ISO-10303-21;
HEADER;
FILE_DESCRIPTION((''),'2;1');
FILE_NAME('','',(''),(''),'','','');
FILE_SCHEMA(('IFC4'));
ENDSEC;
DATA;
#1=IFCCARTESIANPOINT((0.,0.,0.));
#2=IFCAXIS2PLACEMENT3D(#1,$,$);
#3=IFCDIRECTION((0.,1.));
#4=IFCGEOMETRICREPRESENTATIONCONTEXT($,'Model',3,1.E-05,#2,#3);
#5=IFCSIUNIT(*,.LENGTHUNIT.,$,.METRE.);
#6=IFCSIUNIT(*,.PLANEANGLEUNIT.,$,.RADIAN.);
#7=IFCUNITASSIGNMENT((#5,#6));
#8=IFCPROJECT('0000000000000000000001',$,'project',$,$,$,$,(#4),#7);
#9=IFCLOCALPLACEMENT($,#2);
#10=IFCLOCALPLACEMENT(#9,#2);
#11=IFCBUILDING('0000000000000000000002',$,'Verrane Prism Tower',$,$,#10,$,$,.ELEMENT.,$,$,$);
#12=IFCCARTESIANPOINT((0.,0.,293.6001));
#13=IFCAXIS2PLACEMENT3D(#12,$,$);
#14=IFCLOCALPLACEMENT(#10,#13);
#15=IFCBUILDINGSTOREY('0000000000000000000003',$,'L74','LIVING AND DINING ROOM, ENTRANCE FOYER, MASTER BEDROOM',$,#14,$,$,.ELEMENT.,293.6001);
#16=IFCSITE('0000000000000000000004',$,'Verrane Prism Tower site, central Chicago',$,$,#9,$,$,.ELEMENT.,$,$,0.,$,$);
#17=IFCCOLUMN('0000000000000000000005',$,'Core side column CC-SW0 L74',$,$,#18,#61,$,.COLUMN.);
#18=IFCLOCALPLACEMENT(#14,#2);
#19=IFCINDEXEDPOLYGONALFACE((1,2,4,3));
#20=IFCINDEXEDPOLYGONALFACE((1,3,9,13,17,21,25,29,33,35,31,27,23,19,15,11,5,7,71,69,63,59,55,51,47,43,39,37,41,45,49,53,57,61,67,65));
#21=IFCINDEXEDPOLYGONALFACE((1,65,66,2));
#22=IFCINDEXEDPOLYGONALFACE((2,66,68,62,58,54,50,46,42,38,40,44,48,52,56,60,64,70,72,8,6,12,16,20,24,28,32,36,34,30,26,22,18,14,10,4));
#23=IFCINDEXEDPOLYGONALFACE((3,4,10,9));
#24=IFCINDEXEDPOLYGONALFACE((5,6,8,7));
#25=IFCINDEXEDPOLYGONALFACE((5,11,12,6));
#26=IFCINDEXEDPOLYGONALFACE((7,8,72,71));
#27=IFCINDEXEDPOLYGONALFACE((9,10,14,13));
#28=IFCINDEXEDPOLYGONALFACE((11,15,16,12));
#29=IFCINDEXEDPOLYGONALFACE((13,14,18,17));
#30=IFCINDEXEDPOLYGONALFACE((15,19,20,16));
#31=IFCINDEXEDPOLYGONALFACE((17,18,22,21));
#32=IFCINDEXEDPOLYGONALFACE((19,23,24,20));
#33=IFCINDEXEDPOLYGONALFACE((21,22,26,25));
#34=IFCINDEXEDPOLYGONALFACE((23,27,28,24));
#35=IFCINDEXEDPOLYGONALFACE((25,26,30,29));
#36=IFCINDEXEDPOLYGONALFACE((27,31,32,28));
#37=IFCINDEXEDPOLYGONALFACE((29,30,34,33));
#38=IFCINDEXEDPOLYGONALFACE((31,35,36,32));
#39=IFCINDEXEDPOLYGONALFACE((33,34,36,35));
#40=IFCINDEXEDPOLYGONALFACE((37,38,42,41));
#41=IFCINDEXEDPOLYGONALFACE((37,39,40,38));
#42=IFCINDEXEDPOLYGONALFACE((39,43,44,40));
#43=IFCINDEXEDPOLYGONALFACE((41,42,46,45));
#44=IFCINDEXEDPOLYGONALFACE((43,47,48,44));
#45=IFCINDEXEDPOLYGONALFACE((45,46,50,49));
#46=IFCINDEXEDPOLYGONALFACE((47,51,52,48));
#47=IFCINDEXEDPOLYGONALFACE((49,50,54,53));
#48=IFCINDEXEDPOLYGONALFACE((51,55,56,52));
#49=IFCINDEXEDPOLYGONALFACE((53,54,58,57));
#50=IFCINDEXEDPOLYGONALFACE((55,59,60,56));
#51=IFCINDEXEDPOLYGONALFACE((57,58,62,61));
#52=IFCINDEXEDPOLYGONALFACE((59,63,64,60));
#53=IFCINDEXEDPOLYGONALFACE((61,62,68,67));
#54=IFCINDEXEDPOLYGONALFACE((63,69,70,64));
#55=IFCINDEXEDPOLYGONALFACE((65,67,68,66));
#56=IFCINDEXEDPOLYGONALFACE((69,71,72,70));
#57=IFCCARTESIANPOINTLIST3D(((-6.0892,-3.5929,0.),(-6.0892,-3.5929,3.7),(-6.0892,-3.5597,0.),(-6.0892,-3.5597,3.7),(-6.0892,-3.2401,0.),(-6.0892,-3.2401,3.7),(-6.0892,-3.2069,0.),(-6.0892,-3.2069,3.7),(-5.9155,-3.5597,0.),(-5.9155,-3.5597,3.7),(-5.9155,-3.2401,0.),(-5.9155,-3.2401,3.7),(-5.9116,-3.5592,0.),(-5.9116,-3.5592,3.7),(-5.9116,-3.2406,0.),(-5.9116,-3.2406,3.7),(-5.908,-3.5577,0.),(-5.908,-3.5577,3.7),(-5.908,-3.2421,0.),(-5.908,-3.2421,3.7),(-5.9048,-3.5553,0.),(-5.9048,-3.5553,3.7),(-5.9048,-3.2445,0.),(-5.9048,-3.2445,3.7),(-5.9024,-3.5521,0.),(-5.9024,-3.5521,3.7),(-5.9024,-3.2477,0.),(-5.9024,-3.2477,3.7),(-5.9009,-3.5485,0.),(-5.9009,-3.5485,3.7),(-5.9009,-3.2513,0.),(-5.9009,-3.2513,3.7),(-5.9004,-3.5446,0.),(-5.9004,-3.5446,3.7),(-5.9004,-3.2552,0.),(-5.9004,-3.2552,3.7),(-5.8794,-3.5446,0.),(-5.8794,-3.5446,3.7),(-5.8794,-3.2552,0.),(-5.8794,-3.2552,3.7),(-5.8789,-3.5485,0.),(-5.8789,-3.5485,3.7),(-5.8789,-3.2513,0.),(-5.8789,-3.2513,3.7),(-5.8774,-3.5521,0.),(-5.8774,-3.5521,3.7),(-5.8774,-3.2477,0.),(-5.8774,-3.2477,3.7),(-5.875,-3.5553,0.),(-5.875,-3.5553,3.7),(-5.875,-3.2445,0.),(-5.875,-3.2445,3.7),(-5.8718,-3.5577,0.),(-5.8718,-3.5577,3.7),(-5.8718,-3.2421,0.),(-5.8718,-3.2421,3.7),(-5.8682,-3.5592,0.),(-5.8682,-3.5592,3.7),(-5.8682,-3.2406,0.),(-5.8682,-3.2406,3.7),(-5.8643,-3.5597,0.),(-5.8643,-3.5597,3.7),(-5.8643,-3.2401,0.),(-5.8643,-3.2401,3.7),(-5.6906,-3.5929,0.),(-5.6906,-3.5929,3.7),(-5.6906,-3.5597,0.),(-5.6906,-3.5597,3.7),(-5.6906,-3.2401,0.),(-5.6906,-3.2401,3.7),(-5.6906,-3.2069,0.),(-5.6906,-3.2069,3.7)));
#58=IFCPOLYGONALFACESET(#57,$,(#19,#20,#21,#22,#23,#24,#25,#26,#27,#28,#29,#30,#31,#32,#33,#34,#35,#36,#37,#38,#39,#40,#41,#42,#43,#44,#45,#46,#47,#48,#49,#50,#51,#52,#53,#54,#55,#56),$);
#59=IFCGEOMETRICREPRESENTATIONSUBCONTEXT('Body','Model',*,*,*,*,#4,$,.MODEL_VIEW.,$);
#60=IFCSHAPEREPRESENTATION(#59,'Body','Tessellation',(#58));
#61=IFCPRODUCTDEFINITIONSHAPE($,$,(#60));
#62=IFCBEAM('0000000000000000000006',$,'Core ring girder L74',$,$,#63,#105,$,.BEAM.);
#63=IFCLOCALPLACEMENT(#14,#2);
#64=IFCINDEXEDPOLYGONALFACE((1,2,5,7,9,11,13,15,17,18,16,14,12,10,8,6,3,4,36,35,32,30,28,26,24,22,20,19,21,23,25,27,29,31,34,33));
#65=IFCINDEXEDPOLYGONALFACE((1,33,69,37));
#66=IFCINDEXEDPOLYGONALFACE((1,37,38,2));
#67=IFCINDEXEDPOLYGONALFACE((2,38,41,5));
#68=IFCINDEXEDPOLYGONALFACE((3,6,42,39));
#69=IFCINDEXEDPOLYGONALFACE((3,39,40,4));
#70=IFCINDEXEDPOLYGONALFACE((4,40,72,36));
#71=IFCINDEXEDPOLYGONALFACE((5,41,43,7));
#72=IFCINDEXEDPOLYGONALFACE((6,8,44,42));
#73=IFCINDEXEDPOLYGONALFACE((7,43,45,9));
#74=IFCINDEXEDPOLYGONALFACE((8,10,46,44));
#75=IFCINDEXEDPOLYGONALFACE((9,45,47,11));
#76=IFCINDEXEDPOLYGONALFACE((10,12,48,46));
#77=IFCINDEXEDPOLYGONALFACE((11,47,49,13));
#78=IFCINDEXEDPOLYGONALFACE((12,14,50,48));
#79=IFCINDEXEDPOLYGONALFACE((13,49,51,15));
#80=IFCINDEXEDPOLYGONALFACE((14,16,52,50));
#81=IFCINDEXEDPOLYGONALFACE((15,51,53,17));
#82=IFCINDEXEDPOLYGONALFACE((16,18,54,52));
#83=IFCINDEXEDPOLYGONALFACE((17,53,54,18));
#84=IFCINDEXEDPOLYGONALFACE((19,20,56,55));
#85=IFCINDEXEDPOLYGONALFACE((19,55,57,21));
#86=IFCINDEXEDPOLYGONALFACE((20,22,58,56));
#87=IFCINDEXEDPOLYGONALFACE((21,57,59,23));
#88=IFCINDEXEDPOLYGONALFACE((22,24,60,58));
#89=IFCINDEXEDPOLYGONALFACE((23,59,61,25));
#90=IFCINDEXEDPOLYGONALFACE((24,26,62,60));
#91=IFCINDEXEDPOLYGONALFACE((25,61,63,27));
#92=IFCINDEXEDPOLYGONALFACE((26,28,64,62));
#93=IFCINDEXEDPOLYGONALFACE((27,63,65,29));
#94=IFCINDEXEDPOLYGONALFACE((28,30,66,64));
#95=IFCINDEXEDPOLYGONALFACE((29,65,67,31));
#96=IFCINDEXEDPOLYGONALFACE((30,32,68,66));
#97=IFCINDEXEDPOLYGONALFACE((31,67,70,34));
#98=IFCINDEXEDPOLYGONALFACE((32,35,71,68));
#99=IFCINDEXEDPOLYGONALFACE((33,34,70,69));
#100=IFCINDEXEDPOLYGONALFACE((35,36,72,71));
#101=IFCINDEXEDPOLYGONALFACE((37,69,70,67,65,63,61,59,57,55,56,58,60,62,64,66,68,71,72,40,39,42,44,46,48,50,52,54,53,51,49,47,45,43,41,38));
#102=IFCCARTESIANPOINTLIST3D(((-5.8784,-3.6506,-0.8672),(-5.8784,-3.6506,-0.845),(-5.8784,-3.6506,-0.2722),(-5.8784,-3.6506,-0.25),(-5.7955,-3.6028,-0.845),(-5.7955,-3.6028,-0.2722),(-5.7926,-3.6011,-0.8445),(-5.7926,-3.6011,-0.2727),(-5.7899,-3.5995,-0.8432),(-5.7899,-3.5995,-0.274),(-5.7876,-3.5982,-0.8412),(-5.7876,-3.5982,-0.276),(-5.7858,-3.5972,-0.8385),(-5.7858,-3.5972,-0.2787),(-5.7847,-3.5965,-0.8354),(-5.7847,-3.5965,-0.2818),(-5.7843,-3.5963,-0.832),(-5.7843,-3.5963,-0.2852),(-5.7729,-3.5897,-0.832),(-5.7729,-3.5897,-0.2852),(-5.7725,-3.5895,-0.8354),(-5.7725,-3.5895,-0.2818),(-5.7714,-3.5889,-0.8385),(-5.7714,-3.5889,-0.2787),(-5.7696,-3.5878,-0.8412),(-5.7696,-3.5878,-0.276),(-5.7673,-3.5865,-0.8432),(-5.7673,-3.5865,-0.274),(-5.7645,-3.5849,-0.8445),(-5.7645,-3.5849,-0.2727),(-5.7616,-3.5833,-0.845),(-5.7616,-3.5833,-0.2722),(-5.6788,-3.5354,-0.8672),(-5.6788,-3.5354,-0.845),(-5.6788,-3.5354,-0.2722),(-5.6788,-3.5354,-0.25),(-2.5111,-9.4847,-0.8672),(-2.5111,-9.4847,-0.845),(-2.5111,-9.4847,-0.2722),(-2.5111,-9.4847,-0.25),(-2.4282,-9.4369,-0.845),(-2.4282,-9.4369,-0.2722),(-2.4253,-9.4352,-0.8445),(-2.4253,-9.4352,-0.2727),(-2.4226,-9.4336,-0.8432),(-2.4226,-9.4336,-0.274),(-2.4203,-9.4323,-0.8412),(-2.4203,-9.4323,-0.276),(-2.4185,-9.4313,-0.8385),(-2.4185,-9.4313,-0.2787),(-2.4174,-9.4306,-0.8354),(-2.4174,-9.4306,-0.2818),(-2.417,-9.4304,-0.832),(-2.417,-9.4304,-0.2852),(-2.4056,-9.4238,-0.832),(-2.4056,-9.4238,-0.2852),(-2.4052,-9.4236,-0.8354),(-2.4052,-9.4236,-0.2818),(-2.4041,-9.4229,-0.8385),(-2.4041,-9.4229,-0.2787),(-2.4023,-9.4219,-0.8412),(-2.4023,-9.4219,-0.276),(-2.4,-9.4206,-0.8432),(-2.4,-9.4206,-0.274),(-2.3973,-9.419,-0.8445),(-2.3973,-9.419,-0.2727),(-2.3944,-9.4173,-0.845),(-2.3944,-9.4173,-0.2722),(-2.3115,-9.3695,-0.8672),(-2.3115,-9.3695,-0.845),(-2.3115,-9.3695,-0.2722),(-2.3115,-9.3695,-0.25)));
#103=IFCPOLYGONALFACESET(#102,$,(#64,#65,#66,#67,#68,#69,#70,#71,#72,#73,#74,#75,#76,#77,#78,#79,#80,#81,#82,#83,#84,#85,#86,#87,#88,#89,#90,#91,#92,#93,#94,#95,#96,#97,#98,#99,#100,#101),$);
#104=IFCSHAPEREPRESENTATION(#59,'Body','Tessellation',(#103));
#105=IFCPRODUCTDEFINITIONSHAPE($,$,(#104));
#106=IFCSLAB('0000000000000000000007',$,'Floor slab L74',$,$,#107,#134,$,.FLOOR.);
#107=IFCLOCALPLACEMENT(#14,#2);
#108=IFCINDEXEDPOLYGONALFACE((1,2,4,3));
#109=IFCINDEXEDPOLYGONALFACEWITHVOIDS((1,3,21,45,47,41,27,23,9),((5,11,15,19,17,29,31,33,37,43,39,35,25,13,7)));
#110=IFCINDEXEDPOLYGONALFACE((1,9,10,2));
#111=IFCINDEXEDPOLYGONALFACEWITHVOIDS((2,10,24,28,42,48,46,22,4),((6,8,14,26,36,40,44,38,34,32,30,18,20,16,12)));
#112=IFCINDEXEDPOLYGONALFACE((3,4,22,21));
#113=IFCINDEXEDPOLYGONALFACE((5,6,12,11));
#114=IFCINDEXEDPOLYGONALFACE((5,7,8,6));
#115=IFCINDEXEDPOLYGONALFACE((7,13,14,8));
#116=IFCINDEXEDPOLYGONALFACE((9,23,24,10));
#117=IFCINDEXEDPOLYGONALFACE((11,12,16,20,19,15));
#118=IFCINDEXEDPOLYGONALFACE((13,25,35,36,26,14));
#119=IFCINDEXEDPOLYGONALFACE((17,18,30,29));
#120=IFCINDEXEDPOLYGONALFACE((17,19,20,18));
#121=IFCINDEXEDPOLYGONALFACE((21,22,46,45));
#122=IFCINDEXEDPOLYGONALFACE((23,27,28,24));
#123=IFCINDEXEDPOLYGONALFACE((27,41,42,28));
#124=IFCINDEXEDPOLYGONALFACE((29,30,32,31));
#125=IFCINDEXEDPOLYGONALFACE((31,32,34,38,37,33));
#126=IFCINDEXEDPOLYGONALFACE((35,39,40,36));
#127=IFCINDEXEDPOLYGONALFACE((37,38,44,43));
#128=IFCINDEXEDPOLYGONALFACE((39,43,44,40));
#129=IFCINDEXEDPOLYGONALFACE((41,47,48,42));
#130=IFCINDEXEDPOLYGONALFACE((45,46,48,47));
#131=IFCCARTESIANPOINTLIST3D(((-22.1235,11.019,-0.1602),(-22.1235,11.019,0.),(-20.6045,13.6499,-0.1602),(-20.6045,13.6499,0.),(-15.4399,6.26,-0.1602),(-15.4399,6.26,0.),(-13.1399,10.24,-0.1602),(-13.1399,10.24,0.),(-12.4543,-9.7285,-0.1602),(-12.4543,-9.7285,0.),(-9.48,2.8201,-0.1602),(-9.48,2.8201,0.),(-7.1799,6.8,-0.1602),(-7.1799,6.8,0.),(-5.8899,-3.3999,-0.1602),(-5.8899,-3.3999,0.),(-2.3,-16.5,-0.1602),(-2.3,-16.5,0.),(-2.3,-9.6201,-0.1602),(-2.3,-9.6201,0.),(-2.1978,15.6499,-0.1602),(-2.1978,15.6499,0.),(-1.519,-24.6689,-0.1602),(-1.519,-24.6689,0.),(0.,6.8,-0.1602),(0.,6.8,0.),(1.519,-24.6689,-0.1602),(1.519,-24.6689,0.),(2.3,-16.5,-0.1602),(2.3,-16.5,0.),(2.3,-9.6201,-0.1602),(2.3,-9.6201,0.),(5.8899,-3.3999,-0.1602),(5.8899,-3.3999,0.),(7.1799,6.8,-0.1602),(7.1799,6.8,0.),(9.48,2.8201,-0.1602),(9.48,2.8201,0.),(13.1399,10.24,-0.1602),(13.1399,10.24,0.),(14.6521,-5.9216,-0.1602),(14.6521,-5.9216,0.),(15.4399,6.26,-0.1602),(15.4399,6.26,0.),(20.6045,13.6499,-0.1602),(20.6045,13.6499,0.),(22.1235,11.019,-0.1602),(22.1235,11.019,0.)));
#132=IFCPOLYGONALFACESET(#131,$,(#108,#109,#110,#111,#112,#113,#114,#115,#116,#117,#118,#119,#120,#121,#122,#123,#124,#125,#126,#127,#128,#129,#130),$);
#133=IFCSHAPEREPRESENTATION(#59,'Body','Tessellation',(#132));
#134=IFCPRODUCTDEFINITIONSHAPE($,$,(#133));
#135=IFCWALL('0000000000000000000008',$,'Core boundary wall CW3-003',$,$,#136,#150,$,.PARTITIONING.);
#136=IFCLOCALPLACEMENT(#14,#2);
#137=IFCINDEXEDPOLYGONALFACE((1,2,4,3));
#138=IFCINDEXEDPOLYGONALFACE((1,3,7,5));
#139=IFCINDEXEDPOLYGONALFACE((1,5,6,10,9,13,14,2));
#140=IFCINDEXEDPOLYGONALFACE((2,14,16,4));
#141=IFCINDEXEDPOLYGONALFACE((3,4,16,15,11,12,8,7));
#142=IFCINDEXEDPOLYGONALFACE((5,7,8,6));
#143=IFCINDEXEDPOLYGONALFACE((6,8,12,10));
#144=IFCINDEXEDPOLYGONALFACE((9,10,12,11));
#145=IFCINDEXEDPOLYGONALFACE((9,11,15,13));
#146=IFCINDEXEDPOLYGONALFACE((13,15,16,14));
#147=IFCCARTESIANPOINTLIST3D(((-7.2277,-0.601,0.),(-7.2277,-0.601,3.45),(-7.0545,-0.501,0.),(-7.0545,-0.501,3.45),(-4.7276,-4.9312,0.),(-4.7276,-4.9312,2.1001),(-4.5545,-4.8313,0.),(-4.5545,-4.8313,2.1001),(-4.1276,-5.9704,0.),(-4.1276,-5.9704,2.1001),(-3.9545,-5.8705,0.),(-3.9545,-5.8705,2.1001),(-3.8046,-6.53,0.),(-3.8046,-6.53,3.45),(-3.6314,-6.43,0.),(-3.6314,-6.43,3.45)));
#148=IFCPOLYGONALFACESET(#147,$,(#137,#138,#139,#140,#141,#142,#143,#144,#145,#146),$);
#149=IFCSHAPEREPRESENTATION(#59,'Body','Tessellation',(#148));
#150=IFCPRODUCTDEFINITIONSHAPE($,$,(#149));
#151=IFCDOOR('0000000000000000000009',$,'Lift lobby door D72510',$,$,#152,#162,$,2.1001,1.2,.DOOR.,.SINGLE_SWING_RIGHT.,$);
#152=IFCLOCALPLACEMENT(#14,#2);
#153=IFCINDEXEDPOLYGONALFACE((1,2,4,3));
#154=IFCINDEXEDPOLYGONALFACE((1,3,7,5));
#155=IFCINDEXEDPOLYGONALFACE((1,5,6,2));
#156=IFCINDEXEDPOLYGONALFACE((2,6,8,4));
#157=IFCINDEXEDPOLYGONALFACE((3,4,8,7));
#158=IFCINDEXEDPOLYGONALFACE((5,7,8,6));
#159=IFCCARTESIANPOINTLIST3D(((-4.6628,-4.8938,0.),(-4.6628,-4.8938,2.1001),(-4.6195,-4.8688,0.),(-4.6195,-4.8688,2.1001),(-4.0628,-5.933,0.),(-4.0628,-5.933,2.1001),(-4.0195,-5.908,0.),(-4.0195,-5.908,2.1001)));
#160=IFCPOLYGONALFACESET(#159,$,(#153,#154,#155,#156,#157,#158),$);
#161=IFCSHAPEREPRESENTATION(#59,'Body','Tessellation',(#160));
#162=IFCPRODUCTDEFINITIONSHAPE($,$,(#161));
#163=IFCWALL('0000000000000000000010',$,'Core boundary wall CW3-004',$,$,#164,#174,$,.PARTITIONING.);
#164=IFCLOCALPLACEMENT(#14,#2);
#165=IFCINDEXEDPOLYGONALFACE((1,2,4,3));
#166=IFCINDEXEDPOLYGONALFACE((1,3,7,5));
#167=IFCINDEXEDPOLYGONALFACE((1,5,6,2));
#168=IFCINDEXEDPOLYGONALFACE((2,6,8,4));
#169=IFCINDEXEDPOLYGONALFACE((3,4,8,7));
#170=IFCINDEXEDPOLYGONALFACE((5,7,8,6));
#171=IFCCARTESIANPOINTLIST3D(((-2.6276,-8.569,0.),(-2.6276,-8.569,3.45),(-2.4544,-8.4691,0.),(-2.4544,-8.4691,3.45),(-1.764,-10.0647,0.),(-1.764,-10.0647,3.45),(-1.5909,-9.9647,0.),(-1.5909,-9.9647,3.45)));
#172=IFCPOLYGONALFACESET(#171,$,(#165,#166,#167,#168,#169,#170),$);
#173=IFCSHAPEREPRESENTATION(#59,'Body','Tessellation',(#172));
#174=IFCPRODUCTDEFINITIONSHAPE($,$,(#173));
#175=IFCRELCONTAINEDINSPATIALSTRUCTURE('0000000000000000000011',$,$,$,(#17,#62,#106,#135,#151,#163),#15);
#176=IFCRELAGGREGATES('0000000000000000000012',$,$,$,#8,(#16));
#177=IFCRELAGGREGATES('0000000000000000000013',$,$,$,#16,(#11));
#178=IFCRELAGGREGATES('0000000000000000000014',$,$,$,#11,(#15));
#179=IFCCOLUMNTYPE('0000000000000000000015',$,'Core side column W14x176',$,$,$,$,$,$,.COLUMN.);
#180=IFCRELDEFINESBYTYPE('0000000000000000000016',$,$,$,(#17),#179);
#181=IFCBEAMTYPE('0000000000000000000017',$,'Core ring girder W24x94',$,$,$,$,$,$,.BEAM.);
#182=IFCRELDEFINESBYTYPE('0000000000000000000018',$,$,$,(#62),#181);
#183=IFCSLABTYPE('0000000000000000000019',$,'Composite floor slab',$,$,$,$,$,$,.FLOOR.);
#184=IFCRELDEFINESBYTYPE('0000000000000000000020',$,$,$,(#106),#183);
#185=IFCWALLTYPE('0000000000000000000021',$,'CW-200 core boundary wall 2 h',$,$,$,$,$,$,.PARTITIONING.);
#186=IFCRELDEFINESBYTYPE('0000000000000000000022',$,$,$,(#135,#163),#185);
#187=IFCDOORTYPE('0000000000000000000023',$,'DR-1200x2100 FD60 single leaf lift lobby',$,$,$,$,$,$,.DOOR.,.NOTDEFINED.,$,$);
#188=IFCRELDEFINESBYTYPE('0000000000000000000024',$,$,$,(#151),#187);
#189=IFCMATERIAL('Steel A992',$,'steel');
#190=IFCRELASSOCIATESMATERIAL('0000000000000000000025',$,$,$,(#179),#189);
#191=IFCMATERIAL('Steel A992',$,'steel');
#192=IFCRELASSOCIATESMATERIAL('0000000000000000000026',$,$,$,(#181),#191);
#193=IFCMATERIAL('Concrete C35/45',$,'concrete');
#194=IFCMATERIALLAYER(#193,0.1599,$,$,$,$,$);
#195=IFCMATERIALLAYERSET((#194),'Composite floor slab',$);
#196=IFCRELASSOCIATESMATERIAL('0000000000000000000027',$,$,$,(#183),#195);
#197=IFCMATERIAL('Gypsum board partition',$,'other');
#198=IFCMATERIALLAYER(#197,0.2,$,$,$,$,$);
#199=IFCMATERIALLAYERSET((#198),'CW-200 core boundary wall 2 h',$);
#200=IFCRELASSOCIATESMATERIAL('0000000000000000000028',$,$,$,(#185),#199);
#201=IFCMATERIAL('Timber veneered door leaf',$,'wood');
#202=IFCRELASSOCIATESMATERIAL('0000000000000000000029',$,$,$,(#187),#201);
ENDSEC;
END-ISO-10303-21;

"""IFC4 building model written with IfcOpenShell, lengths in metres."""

from ifc_helpers import new_model, si_unit, direction, frame, frame_2d, origin, origin_2d, place, context, subcontext, project, spatial, polyline, rectangle, i_section, outline, extrude, material, layer, layer_set, material_profile, profile_set, type_object, element, fill, save


model = new_model("IFC4")

# Units and contexts
model_context = context("Model", 3, precision=1e-05, world=origin(), true_north=direction((0.0, 1.0)))
body_context = subcontext(model_context, "Body", "Model", "MODEL_VIEW")
ifc_project = project(units=[si_unit("LENGTHUNIT", "METRE"), si_unit("PLANEANGLEUNIT", "RADIAN")], contexts=[model_context])

# Site, building, storey
site_placement = place(None, origin())
site = spatial("IfcSite", under=ifc_project, at=site_placement, Name="Verrane Prism Tower site, central Chicago", CompositionType="ELEMENT", RefElevation=0.0)
building_placement = place(site_placement, origin())
building = spatial("IfcBuilding", under=site, at=building_placement, Name="Verrane Prism Tower", CompositionType="ELEMENT")
storey_placement = place(building_placement, frame((0.0, 0.0, 293.6001)))
storey = spatial("IfcBuildingStorey", under=building, at=storey_placement, Name="L74", Description="LIVING AND DINING ROOM, ENTRANCE FOYER, MASTER BEDROOM", CompositionType="ELEMENT", Elevation=293.6001)

# Column
ifc_material_1 = material(Name="Steel A992", Category="steel")
ifc_material_profile_1 = material_profile(ifc_material_1, i_section(OverallWidth=0.3987, OverallDepth=0.386, WebThickness=0.021, FlangeThickness=0.0332, FilletRadius=0.0151, at=origin_2d()), Name="W14x176")
ifc_profile_set_1 = profile_set([ifc_material_profile_1], Name="Steel A992")
column_type = type_object("IfcColumnType", Name="Core side column W14x176", PredefinedType="COLUMN", material=ifc_profile_set_1)
column_placement = place(storey_placement, frame((-5.8899, -3.3999, 0.0), z_axis=(0.0, 0.0, 1.0), x_axis=(1.0, 0.0, 0.0)))
element("IfcColumn", 1, at=column_placement, inside=storey, type_object=column_type, Name="Core side column CC-SW0 L74", PredefinedType="COLUMN", context=body_context, shape_type="SweptSolid", body=[
    extrude(i_section(OverallWidth=0.3987, OverallDepth=0.386, WebThickness=0.021, FlangeThickness=0.0332, FilletRadius=0.0151, at=origin_2d()), origin(), (0.0, 0.0, 1.0), 3.7),
])

# Beam
ifc_material_2 = material(Name="Steel A992", Category="steel")
ifc_material_profile_2 = material_profile(ifc_material_2, i_section(OverallWidth=0.2305, OverallDepth=0.6172, WebThickness=0.0132, FlangeThickness=0.0222, FilletRadius=0.0129, at=origin_2d()), Name="W24x94")
ifc_profile_set_2 = profile_set([ifc_material_profile_2], Name="Steel A992")
beam_type = type_object("IfcBeamType", Name="Core ring girder W24x94", PredefinedType="BEAM", material=ifc_profile_set_2)
beam_placement = place(storey_placement, frame((-5.7786, -3.593, -0.5586), z_axis=(0.499881, -0.866094, 0.0), x_axis=(0.866094, 0.499881, 0.0)))
element("IfcBeam", 2, at=beam_placement, inside=storey, type_object=beam_type, Name="Core ring girder L74", PredefinedType="BEAM", context=body_context, shape_type="SweptSolid", body=[
    extrude(i_section(OverallWidth=0.2305, OverallDepth=0.6172, WebThickness=0.0132, FlangeThickness=0.0222, FilletRadius=0.0129, at=origin_2d()), origin(), (0.0, 0.0, 1.0), 6.7361),
])

# Slab
ifc_material_3 = material(Name="Concrete C35/45", Category="concrete")
ifc_layer_1 = layer(ifc_material_3, 0.1599)
ifc_layer_set_1 = layer_set([ifc_layer_1], Name="Composite floor slab")
slab_type = type_object("IfcSlabType", Name="Composite floor slab", PredefinedType="FLOOR", material=ifc_layer_set_1)
slab_placement = place(storey_placement, frame((0.0, 0.0, -0.1602)))
element("IfcSlab", 3, at=slab_placement, inside=storey, type_object=slab_type, Name="Floor slab L74", PredefinedType="FLOOR", context=body_context, shape_type="SweptSolid", body=[
    extrude(outline(polyline([(14.6521, -5.9216), (1.519, -24.6689), (-1.519, -24.6689), (-12.4543, -9.7285), (-22.1235, 11.019), (-20.6045, 13.6499), (-2.1978, 15.6499), (20.6045, 13.6499), (22.1235, 11.019), (14.6521, -5.9216)]), holes=[polyline([(15.4399, 6.26), (13.1399, 10.24), (7.1799, 6.8), (0.0, 6.8), (-7.1799, 6.8), (-13.1399, 10.24), (-15.4399, 6.26), (-9.48, 2.8201), (-5.8899, -3.3999), (-2.3, -9.6201), (-2.3, -16.5), (2.3, -16.5), (2.3, -9.6201), (5.8899, -3.3999), (9.48, 2.8201), (15.4399, 6.26)])]), origin(), (0.0, 0.0, 1.0), 0.1602),
])

# Wall, opening, door
ifc_material_4 = material(Name="Gypsum board partition", Category="other")
ifc_layer_2 = layer(ifc_material_4, 0.2)
ifc_layer_set_2 = layer_set([ifc_layer_2], Name="CW-200 core boundary wall 2 h")
wall_type_1 = type_object("IfcWallType", Name="CW-200 core boundary wall 2 h", PredefinedType="PARTITIONING", material=ifc_layer_set_2)
wall_1_placement = place(storey_placement, frame((-7.1411, -0.551, 0.0), z_axis=(0.0, 0.0, 1.0), x_axis=(0.500001, -0.866025, 0.0)))
wall_1 = element("IfcWall", 4, at=wall_1_placement, inside=storey, type_object=wall_type_1, Name="Core boundary wall CW3-003", PredefinedType="PARTITIONING", context=body_context, shape_type="SweptSolid", body=[
    extrude(rectangle(XDim=6.8462, YDim=0.2, at=frame_2d((3.4231, 0.0))), origin(), (0.0, 0.0, 1.0), 3.45),
])
opening_1_placement = place(wall_1_placement, frame((5.0, 0.0, 0.0)))
opening_1 = element("IfcOpeningElement", 5, at=opening_1_placement, cuts=wall_1, PredefinedType="OPENING", context=body_context, shape_type="SweptSolid", body=[
    extrude(rectangle(XDim=1.2, YDim=2.1001, at=frame_2d((0.6001, 1.05))), frame((0.0, 0.1099, 0.0), z_axis=(0.0, -1.0, 0.0), x_axis=(1.0, 0.0, 0.0)), (0.0, 0.0, 1.0), 0.22),
])
ifc_material_5 = material(Name="Timber veneered door leaf", Category="wood")
door_type_1 = type_object("IfcDoorType", Name="DR-1200x2100 FD60 single leaf lift lobby", OperationType="NOTDEFINED", PredefinedType="DOOR", material=ifc_material_5)
door_1_placement = place(opening_1_placement, origin())
door_1 = element("IfcDoor", 6, at=door_1_placement, inside=storey, type_object=door_type_1, Name="Lift lobby door D72510", OperationType="SINGLE_SWING_RIGHT", OverallHeight=2.1001, OverallWidth=1.2, PredefinedType="DOOR", context=body_context, shape_type="SweptSolid", body=[
    extrude(rectangle(XDim=1.2, YDim=2.1001, at=frame_2d((0.6001, 1.05))), frame((0.0, 0.0249, 0.0), z_axis=(0.0, -1.0, 0.0), x_axis=(1.0, 0.0, 0.0)), (0.0, 0.0, 1.0), 0.05),
])
fill(opening_1, door_1)

# Wall
wall_2_placement = place(storey_placement, frame((-2.541, -8.519, 0.0), z_axis=(0.0, 0.0, 1.0), x_axis=(0.500016, -0.866016, 0.0)))
element("IfcWall", 7, at=wall_2_placement, inside=storey, type_object=wall_type_1, Name="Core boundary wall CW3-004", PredefinedType="PARTITIONING", context=body_context, shape_type="SweptSolid", body=[
    extrude(rectangle(XDim=1.7271, YDim=0.2, at=frame_2d((0.8635, 0.0))), origin(), (0.0, 0.0, 1.0), 3.45),
])

save(model, "model.ifc")
